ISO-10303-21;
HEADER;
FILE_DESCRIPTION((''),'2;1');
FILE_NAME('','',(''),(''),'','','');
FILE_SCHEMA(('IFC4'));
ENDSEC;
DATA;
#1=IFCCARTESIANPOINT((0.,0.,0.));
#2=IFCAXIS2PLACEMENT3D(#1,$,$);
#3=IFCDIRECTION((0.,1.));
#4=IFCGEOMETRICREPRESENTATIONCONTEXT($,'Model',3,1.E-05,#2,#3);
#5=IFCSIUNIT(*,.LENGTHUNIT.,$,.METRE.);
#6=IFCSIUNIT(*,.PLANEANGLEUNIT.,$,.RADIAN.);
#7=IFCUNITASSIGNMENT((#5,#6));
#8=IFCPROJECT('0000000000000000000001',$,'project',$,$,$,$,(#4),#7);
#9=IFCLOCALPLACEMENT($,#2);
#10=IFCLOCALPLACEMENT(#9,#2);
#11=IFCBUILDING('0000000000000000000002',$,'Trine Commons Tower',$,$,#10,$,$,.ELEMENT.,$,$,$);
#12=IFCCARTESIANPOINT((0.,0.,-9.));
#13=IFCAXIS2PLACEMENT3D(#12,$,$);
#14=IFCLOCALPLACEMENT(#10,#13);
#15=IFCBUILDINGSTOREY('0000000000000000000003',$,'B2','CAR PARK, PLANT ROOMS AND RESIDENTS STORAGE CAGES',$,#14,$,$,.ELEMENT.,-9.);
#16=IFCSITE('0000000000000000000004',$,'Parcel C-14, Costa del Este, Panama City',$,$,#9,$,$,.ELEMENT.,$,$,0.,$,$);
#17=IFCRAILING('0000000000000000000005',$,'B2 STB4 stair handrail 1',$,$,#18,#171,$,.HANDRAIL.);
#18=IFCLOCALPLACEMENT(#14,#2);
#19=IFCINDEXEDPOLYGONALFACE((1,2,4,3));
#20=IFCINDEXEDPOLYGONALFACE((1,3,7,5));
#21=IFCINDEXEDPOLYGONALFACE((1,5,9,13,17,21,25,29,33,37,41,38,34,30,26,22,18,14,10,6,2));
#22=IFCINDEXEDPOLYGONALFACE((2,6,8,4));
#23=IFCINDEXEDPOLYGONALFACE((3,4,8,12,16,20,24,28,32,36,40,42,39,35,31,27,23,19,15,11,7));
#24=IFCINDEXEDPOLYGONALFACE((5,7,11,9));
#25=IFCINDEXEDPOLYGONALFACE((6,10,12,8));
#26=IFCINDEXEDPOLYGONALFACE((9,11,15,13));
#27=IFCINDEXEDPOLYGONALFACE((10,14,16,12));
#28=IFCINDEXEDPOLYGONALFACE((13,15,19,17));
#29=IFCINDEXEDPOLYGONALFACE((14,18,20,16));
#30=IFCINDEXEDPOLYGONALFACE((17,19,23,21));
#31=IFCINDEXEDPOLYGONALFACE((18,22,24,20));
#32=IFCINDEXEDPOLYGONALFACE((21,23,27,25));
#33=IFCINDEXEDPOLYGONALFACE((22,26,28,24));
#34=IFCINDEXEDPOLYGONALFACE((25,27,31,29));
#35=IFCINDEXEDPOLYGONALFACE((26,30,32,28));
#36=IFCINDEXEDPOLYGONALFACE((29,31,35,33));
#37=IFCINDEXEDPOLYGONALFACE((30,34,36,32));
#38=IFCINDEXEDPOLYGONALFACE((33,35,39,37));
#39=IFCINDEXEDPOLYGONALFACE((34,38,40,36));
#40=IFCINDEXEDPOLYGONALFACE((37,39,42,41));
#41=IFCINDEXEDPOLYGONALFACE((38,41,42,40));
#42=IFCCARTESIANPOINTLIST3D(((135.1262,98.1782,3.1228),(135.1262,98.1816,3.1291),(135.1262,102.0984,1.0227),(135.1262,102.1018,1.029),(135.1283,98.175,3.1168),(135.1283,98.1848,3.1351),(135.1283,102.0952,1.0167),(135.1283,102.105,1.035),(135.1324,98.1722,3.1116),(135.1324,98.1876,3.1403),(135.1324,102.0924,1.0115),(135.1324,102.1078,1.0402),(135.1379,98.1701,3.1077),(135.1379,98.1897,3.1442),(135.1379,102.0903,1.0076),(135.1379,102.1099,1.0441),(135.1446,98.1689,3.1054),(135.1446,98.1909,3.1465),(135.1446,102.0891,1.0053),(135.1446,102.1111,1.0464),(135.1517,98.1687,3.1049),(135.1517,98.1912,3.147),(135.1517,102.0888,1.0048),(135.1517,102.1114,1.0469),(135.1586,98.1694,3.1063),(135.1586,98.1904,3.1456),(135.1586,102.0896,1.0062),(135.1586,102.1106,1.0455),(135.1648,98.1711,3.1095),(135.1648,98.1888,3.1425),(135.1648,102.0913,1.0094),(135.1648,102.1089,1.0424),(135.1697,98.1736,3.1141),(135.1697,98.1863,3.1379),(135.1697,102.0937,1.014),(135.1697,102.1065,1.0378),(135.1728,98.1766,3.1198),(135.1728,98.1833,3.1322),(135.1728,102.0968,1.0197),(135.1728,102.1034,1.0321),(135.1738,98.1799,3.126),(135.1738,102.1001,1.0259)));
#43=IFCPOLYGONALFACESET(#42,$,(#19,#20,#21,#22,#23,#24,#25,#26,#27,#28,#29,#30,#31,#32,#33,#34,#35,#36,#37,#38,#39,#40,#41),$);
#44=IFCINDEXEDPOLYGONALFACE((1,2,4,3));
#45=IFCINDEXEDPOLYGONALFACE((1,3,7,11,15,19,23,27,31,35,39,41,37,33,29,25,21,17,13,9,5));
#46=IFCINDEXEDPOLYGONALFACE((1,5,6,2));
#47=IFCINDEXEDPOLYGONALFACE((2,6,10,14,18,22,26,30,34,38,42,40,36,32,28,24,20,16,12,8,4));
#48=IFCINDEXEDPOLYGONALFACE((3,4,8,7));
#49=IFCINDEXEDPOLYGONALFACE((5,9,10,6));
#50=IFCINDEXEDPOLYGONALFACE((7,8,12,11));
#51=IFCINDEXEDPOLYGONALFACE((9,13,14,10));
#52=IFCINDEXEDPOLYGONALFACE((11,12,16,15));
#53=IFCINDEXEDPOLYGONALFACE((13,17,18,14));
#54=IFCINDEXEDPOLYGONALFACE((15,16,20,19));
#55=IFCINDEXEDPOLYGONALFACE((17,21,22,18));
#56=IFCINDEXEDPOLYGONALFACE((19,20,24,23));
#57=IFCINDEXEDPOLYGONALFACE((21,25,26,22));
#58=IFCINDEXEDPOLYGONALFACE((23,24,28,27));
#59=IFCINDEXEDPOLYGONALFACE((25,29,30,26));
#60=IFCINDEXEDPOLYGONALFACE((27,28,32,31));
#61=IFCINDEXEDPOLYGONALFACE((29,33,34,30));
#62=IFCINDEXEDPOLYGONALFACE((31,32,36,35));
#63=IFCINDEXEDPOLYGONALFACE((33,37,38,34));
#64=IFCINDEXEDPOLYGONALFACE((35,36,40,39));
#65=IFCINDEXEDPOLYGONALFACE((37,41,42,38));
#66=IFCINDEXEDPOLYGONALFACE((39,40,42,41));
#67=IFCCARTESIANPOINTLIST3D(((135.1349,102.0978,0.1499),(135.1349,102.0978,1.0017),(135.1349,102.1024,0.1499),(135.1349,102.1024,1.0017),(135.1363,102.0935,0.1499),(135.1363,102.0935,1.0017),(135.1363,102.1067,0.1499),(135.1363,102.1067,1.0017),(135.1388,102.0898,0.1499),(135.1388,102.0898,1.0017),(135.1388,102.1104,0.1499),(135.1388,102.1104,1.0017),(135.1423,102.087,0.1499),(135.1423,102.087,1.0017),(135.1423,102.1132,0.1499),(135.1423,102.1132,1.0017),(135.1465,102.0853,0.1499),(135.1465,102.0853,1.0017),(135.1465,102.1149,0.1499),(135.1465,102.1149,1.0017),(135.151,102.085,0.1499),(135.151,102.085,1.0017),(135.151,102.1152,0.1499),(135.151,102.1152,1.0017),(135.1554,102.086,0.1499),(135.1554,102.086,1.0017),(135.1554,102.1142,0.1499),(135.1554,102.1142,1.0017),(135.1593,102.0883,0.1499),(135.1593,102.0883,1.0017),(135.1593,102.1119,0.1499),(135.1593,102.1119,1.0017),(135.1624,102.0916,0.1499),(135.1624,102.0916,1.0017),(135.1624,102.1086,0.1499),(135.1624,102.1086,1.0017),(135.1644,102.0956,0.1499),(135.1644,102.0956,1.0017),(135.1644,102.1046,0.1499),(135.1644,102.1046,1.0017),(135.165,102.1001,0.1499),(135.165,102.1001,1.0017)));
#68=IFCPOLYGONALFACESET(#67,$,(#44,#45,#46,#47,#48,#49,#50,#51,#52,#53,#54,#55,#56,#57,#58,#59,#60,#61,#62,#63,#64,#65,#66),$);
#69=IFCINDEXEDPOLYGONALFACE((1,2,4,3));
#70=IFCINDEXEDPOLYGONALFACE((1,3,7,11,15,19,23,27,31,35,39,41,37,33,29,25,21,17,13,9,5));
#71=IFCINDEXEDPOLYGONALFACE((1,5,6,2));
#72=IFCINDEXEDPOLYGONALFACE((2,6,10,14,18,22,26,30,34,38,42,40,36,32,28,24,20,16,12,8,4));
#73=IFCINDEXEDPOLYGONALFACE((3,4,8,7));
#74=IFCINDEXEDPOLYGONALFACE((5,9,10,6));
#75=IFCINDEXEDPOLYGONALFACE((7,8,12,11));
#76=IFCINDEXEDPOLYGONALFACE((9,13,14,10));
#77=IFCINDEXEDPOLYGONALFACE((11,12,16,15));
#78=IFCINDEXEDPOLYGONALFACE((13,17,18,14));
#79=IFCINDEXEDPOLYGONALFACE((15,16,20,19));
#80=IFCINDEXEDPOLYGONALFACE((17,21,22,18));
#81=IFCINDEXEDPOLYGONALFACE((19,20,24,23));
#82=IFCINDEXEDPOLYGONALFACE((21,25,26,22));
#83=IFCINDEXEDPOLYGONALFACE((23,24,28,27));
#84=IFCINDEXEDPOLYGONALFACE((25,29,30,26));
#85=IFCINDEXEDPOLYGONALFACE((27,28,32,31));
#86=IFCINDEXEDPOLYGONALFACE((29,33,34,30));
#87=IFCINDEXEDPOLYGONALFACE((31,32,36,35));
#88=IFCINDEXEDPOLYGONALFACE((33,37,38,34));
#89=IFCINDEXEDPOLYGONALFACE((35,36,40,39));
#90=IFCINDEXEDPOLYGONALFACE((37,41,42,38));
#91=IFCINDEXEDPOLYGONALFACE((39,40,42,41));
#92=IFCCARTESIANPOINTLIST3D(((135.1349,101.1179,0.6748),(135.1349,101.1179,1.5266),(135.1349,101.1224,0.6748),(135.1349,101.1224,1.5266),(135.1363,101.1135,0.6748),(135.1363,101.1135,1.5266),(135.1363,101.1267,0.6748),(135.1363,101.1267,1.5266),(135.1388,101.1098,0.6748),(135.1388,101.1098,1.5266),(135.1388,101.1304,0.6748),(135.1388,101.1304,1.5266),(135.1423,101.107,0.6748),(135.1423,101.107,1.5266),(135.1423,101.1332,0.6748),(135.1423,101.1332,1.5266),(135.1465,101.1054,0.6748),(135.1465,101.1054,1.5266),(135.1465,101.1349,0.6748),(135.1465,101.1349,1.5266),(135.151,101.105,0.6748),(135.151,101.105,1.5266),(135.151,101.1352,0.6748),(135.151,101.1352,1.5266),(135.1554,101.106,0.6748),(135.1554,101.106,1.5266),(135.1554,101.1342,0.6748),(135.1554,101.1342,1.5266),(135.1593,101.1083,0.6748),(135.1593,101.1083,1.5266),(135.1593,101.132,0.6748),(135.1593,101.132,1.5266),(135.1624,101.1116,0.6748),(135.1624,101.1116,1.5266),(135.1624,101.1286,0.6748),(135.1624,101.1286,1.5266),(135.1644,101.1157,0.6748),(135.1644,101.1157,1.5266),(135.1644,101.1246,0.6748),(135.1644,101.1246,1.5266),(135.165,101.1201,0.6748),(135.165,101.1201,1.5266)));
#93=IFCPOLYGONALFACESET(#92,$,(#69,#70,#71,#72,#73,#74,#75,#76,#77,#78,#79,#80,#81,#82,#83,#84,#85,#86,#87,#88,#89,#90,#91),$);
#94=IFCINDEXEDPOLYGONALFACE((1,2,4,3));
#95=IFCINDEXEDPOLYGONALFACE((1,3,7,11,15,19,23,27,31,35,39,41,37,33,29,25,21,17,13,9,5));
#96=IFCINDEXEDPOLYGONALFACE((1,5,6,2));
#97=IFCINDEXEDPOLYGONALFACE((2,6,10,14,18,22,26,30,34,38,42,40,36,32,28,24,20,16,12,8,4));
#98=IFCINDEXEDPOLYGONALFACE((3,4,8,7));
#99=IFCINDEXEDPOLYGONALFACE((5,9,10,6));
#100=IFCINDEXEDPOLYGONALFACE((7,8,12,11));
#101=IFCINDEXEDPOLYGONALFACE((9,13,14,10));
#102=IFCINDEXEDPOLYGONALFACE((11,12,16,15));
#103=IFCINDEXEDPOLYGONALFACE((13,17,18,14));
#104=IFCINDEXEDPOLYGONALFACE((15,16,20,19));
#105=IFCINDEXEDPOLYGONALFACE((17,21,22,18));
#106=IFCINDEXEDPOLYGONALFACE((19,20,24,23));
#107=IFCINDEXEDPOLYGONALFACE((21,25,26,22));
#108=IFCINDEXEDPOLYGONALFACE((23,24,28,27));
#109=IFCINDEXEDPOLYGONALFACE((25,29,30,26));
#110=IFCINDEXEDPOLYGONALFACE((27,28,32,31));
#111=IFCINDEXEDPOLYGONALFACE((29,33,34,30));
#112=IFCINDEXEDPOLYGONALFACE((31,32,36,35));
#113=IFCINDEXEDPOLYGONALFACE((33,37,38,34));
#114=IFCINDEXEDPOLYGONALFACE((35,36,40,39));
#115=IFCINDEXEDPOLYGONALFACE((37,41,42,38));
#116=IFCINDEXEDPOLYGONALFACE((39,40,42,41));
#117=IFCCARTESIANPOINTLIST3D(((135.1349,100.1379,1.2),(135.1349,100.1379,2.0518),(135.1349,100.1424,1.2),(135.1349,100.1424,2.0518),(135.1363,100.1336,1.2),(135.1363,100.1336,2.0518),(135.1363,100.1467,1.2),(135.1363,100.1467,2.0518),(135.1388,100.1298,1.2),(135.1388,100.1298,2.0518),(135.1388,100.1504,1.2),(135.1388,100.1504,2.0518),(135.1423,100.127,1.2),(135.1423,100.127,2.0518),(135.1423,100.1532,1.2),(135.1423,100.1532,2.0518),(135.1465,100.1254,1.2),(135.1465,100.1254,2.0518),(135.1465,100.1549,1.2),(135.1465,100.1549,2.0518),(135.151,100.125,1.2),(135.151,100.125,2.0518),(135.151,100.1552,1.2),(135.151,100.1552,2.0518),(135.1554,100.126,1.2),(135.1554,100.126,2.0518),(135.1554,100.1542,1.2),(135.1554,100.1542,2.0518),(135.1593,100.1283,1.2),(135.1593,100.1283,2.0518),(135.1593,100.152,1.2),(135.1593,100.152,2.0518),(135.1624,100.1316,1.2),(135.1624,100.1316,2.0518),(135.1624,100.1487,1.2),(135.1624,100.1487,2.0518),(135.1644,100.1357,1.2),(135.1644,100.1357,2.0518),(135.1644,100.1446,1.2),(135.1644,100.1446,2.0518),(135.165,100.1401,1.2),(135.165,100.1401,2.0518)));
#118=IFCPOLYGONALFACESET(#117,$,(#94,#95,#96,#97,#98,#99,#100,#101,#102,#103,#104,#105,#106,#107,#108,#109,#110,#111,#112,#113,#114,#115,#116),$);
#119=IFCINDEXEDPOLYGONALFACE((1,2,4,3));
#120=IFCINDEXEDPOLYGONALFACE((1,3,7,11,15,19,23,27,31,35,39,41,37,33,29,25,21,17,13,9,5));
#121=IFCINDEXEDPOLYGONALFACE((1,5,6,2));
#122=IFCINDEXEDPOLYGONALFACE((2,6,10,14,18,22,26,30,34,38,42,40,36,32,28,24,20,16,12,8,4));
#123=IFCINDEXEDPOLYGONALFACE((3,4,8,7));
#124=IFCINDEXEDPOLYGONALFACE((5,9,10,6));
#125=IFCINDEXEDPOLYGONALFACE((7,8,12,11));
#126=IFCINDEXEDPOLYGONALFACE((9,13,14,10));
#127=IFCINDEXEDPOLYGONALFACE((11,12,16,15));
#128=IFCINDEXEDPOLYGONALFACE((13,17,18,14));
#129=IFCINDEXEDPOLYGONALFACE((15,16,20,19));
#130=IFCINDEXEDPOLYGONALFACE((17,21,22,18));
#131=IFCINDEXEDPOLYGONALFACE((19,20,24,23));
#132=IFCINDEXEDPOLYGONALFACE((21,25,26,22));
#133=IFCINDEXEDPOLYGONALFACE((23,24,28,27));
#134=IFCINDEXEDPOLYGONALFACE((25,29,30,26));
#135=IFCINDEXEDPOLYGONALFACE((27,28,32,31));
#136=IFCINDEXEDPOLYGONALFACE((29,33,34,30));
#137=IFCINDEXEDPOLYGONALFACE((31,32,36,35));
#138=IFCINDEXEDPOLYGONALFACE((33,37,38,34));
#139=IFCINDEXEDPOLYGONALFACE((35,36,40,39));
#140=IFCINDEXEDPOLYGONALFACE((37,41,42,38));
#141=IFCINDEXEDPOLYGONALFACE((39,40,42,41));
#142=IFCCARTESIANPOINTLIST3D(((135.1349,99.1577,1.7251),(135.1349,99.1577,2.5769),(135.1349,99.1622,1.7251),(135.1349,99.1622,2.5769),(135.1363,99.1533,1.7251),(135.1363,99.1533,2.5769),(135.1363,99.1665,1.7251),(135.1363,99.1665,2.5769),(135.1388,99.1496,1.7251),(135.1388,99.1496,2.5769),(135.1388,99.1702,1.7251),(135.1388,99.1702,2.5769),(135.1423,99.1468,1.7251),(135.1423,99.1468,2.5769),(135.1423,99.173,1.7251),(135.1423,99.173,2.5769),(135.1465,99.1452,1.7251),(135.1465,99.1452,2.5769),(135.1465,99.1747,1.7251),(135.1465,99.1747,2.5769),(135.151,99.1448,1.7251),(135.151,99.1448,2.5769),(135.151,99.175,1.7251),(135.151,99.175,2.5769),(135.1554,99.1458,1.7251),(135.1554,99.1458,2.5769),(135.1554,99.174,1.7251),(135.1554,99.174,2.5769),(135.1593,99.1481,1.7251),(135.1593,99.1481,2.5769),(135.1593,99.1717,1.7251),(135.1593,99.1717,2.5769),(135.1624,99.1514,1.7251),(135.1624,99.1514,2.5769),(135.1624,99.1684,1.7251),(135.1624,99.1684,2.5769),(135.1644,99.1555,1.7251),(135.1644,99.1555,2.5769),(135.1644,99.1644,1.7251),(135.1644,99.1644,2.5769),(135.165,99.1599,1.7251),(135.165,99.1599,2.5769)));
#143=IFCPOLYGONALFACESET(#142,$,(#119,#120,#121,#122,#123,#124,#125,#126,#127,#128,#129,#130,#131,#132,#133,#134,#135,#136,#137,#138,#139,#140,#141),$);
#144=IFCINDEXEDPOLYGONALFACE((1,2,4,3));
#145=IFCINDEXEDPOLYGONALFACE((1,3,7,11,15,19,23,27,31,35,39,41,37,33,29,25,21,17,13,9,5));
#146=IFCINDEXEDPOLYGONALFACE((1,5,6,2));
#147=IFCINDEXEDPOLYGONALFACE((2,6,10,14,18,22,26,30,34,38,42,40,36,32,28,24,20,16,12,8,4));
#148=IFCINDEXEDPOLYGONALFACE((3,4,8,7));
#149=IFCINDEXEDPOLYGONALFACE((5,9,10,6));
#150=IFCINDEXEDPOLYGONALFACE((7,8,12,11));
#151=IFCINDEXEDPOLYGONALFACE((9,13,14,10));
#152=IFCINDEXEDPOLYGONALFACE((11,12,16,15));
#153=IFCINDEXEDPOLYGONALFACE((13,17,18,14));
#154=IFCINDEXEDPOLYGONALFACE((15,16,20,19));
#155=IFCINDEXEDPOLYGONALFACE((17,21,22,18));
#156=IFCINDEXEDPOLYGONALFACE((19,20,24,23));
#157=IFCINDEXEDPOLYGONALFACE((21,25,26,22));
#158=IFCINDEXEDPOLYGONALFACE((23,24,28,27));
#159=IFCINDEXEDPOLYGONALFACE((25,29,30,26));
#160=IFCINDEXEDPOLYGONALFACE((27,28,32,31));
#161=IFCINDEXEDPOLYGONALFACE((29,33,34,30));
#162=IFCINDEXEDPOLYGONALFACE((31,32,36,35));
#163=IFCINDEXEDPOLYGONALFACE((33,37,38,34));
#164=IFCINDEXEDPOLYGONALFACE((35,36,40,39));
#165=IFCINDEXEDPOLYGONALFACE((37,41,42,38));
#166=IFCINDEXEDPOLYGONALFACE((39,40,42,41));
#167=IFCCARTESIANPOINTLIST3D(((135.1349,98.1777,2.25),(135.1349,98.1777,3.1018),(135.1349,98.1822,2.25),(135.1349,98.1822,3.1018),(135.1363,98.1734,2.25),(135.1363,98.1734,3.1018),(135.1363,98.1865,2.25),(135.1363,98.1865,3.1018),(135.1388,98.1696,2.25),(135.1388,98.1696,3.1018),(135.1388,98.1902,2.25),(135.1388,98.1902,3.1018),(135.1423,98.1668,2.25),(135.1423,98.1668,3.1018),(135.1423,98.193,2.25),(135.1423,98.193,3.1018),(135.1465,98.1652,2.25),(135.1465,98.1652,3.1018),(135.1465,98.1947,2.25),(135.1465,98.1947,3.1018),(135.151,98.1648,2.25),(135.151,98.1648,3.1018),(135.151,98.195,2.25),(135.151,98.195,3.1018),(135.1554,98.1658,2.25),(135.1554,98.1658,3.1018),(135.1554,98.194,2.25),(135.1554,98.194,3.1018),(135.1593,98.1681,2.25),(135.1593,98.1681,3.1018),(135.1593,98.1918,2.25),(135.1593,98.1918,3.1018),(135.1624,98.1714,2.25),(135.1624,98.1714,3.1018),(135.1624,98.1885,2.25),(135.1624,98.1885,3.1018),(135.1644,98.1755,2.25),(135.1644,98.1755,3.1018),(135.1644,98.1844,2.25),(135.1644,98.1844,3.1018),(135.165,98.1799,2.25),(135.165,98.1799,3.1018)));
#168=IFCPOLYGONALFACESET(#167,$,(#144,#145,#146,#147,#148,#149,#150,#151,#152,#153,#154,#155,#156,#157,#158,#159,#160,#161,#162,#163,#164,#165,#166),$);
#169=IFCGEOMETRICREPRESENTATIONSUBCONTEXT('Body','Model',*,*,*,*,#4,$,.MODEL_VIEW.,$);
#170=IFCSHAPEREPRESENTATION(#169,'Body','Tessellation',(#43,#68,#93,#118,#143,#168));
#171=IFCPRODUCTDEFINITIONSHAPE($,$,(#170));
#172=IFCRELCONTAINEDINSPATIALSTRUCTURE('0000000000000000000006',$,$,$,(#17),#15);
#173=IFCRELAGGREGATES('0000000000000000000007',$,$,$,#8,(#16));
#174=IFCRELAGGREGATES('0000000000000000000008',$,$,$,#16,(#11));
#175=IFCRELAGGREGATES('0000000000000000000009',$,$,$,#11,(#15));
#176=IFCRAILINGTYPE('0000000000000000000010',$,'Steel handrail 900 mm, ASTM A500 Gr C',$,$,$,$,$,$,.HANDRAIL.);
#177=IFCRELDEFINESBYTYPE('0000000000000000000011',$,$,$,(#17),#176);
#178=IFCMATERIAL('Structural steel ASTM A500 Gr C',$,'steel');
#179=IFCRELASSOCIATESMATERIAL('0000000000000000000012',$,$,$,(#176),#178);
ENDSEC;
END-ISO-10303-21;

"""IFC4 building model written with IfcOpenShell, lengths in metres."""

from ifc_helpers import new_model, si_unit, direction, frame, origin, origin_2d, place, context, subcontext, project, spatial, circle, extrude, material, type_object, element, save


model = new_model("IFC4")

# Units and contexts
model_context = context("Model", 3, precision=1e-05, world=origin(), true_north=direction((0.0, 1.0)))
body_context = subcontext(model_context, "Body", "Model", "MODEL_VIEW")
ifc_project = project(units=[si_unit("LENGTHUNIT", "METRE"), si_unit("PLANEANGLEUNIT", "RADIAN")], contexts=[model_context])

# Site, building, storey
site_placement = place(None, origin())
site = spatial("IfcSite", under=ifc_project, at=site_placement, Name="Parcel C-14, Costa del Este, Panama City", CompositionType="ELEMENT", RefElevation=0.0)
building_placement = place(site_placement, origin())
building = spatial("IfcBuilding", under=site, at=building_placement, Name="Trine Commons Tower", CompositionType="ELEMENT")
storey_placement = place(building_placement, frame((0.0, 0.0, -9.0)))
storey = spatial("IfcBuildingStorey", under=building, at=storey_placement, Name="B2", Description="CAR PARK, PLANT ROOMS AND RESIDENTS STORAGE CAGES", CompositionType="ELEMENT", Elevation=-9.0)

# Railing
ifc_material_1 = material(Name="Structural steel ASTM A500 Gr C", Category="steel")
railing_type_1 = type_object("IfcRailingType", Name="Steel handrail 900 mm, ASTM A500 Gr C", PredefinedType="HANDRAIL", material=ifc_material_1)
railing_1_placement = place(storey_placement, frame((135.1499, 102.1001, 0.1499)))
element("IfcRailing", 1, at=railing_1_placement, inside=storey, type_object=railing_type_1, Name="B2 STB4 stair handrail 1", PredefinedType="HANDRAIL", context=body_context, shape_type="SweptSolid", body=[
    extrude(circle(Radius=0.0239, at=origin_2d()), frame((0.0, 0.0, 0.876), z_axis=(0.0, -0.881479, 0.472223), x_axis=(1.0, 0.0, 0.0)), (0.0, 0.0, 1.0), 4.4473),
    extrude(circle(Radius=0.0151, at=origin_2d()), origin(), (0.0, 0.0, 1.0), 0.8518),
    extrude(circle(Radius=0.0151, at=origin_2d()), frame((0.0, -0.98, 0.5249)), (0.0, 0.0, 1.0), 0.8518),
    extrude(circle(Radius=0.0151, at=origin_2d()), frame((0.0, -1.96, 1.05)), (0.0, 0.0, 1.0), 0.8518),
    extrude(circle(Radius=0.0151, at=origin_2d()), frame((0.0, -2.9402, 1.5752)), (0.0, 0.0, 1.0), 0.8518),
    extrude(circle(Radius=0.0151, at=origin_2d()), frame((0.0, -3.9202, 2.1001)), (0.0, 0.0, 1.0), 0.8518),
])

save(model, "model.ifc")
